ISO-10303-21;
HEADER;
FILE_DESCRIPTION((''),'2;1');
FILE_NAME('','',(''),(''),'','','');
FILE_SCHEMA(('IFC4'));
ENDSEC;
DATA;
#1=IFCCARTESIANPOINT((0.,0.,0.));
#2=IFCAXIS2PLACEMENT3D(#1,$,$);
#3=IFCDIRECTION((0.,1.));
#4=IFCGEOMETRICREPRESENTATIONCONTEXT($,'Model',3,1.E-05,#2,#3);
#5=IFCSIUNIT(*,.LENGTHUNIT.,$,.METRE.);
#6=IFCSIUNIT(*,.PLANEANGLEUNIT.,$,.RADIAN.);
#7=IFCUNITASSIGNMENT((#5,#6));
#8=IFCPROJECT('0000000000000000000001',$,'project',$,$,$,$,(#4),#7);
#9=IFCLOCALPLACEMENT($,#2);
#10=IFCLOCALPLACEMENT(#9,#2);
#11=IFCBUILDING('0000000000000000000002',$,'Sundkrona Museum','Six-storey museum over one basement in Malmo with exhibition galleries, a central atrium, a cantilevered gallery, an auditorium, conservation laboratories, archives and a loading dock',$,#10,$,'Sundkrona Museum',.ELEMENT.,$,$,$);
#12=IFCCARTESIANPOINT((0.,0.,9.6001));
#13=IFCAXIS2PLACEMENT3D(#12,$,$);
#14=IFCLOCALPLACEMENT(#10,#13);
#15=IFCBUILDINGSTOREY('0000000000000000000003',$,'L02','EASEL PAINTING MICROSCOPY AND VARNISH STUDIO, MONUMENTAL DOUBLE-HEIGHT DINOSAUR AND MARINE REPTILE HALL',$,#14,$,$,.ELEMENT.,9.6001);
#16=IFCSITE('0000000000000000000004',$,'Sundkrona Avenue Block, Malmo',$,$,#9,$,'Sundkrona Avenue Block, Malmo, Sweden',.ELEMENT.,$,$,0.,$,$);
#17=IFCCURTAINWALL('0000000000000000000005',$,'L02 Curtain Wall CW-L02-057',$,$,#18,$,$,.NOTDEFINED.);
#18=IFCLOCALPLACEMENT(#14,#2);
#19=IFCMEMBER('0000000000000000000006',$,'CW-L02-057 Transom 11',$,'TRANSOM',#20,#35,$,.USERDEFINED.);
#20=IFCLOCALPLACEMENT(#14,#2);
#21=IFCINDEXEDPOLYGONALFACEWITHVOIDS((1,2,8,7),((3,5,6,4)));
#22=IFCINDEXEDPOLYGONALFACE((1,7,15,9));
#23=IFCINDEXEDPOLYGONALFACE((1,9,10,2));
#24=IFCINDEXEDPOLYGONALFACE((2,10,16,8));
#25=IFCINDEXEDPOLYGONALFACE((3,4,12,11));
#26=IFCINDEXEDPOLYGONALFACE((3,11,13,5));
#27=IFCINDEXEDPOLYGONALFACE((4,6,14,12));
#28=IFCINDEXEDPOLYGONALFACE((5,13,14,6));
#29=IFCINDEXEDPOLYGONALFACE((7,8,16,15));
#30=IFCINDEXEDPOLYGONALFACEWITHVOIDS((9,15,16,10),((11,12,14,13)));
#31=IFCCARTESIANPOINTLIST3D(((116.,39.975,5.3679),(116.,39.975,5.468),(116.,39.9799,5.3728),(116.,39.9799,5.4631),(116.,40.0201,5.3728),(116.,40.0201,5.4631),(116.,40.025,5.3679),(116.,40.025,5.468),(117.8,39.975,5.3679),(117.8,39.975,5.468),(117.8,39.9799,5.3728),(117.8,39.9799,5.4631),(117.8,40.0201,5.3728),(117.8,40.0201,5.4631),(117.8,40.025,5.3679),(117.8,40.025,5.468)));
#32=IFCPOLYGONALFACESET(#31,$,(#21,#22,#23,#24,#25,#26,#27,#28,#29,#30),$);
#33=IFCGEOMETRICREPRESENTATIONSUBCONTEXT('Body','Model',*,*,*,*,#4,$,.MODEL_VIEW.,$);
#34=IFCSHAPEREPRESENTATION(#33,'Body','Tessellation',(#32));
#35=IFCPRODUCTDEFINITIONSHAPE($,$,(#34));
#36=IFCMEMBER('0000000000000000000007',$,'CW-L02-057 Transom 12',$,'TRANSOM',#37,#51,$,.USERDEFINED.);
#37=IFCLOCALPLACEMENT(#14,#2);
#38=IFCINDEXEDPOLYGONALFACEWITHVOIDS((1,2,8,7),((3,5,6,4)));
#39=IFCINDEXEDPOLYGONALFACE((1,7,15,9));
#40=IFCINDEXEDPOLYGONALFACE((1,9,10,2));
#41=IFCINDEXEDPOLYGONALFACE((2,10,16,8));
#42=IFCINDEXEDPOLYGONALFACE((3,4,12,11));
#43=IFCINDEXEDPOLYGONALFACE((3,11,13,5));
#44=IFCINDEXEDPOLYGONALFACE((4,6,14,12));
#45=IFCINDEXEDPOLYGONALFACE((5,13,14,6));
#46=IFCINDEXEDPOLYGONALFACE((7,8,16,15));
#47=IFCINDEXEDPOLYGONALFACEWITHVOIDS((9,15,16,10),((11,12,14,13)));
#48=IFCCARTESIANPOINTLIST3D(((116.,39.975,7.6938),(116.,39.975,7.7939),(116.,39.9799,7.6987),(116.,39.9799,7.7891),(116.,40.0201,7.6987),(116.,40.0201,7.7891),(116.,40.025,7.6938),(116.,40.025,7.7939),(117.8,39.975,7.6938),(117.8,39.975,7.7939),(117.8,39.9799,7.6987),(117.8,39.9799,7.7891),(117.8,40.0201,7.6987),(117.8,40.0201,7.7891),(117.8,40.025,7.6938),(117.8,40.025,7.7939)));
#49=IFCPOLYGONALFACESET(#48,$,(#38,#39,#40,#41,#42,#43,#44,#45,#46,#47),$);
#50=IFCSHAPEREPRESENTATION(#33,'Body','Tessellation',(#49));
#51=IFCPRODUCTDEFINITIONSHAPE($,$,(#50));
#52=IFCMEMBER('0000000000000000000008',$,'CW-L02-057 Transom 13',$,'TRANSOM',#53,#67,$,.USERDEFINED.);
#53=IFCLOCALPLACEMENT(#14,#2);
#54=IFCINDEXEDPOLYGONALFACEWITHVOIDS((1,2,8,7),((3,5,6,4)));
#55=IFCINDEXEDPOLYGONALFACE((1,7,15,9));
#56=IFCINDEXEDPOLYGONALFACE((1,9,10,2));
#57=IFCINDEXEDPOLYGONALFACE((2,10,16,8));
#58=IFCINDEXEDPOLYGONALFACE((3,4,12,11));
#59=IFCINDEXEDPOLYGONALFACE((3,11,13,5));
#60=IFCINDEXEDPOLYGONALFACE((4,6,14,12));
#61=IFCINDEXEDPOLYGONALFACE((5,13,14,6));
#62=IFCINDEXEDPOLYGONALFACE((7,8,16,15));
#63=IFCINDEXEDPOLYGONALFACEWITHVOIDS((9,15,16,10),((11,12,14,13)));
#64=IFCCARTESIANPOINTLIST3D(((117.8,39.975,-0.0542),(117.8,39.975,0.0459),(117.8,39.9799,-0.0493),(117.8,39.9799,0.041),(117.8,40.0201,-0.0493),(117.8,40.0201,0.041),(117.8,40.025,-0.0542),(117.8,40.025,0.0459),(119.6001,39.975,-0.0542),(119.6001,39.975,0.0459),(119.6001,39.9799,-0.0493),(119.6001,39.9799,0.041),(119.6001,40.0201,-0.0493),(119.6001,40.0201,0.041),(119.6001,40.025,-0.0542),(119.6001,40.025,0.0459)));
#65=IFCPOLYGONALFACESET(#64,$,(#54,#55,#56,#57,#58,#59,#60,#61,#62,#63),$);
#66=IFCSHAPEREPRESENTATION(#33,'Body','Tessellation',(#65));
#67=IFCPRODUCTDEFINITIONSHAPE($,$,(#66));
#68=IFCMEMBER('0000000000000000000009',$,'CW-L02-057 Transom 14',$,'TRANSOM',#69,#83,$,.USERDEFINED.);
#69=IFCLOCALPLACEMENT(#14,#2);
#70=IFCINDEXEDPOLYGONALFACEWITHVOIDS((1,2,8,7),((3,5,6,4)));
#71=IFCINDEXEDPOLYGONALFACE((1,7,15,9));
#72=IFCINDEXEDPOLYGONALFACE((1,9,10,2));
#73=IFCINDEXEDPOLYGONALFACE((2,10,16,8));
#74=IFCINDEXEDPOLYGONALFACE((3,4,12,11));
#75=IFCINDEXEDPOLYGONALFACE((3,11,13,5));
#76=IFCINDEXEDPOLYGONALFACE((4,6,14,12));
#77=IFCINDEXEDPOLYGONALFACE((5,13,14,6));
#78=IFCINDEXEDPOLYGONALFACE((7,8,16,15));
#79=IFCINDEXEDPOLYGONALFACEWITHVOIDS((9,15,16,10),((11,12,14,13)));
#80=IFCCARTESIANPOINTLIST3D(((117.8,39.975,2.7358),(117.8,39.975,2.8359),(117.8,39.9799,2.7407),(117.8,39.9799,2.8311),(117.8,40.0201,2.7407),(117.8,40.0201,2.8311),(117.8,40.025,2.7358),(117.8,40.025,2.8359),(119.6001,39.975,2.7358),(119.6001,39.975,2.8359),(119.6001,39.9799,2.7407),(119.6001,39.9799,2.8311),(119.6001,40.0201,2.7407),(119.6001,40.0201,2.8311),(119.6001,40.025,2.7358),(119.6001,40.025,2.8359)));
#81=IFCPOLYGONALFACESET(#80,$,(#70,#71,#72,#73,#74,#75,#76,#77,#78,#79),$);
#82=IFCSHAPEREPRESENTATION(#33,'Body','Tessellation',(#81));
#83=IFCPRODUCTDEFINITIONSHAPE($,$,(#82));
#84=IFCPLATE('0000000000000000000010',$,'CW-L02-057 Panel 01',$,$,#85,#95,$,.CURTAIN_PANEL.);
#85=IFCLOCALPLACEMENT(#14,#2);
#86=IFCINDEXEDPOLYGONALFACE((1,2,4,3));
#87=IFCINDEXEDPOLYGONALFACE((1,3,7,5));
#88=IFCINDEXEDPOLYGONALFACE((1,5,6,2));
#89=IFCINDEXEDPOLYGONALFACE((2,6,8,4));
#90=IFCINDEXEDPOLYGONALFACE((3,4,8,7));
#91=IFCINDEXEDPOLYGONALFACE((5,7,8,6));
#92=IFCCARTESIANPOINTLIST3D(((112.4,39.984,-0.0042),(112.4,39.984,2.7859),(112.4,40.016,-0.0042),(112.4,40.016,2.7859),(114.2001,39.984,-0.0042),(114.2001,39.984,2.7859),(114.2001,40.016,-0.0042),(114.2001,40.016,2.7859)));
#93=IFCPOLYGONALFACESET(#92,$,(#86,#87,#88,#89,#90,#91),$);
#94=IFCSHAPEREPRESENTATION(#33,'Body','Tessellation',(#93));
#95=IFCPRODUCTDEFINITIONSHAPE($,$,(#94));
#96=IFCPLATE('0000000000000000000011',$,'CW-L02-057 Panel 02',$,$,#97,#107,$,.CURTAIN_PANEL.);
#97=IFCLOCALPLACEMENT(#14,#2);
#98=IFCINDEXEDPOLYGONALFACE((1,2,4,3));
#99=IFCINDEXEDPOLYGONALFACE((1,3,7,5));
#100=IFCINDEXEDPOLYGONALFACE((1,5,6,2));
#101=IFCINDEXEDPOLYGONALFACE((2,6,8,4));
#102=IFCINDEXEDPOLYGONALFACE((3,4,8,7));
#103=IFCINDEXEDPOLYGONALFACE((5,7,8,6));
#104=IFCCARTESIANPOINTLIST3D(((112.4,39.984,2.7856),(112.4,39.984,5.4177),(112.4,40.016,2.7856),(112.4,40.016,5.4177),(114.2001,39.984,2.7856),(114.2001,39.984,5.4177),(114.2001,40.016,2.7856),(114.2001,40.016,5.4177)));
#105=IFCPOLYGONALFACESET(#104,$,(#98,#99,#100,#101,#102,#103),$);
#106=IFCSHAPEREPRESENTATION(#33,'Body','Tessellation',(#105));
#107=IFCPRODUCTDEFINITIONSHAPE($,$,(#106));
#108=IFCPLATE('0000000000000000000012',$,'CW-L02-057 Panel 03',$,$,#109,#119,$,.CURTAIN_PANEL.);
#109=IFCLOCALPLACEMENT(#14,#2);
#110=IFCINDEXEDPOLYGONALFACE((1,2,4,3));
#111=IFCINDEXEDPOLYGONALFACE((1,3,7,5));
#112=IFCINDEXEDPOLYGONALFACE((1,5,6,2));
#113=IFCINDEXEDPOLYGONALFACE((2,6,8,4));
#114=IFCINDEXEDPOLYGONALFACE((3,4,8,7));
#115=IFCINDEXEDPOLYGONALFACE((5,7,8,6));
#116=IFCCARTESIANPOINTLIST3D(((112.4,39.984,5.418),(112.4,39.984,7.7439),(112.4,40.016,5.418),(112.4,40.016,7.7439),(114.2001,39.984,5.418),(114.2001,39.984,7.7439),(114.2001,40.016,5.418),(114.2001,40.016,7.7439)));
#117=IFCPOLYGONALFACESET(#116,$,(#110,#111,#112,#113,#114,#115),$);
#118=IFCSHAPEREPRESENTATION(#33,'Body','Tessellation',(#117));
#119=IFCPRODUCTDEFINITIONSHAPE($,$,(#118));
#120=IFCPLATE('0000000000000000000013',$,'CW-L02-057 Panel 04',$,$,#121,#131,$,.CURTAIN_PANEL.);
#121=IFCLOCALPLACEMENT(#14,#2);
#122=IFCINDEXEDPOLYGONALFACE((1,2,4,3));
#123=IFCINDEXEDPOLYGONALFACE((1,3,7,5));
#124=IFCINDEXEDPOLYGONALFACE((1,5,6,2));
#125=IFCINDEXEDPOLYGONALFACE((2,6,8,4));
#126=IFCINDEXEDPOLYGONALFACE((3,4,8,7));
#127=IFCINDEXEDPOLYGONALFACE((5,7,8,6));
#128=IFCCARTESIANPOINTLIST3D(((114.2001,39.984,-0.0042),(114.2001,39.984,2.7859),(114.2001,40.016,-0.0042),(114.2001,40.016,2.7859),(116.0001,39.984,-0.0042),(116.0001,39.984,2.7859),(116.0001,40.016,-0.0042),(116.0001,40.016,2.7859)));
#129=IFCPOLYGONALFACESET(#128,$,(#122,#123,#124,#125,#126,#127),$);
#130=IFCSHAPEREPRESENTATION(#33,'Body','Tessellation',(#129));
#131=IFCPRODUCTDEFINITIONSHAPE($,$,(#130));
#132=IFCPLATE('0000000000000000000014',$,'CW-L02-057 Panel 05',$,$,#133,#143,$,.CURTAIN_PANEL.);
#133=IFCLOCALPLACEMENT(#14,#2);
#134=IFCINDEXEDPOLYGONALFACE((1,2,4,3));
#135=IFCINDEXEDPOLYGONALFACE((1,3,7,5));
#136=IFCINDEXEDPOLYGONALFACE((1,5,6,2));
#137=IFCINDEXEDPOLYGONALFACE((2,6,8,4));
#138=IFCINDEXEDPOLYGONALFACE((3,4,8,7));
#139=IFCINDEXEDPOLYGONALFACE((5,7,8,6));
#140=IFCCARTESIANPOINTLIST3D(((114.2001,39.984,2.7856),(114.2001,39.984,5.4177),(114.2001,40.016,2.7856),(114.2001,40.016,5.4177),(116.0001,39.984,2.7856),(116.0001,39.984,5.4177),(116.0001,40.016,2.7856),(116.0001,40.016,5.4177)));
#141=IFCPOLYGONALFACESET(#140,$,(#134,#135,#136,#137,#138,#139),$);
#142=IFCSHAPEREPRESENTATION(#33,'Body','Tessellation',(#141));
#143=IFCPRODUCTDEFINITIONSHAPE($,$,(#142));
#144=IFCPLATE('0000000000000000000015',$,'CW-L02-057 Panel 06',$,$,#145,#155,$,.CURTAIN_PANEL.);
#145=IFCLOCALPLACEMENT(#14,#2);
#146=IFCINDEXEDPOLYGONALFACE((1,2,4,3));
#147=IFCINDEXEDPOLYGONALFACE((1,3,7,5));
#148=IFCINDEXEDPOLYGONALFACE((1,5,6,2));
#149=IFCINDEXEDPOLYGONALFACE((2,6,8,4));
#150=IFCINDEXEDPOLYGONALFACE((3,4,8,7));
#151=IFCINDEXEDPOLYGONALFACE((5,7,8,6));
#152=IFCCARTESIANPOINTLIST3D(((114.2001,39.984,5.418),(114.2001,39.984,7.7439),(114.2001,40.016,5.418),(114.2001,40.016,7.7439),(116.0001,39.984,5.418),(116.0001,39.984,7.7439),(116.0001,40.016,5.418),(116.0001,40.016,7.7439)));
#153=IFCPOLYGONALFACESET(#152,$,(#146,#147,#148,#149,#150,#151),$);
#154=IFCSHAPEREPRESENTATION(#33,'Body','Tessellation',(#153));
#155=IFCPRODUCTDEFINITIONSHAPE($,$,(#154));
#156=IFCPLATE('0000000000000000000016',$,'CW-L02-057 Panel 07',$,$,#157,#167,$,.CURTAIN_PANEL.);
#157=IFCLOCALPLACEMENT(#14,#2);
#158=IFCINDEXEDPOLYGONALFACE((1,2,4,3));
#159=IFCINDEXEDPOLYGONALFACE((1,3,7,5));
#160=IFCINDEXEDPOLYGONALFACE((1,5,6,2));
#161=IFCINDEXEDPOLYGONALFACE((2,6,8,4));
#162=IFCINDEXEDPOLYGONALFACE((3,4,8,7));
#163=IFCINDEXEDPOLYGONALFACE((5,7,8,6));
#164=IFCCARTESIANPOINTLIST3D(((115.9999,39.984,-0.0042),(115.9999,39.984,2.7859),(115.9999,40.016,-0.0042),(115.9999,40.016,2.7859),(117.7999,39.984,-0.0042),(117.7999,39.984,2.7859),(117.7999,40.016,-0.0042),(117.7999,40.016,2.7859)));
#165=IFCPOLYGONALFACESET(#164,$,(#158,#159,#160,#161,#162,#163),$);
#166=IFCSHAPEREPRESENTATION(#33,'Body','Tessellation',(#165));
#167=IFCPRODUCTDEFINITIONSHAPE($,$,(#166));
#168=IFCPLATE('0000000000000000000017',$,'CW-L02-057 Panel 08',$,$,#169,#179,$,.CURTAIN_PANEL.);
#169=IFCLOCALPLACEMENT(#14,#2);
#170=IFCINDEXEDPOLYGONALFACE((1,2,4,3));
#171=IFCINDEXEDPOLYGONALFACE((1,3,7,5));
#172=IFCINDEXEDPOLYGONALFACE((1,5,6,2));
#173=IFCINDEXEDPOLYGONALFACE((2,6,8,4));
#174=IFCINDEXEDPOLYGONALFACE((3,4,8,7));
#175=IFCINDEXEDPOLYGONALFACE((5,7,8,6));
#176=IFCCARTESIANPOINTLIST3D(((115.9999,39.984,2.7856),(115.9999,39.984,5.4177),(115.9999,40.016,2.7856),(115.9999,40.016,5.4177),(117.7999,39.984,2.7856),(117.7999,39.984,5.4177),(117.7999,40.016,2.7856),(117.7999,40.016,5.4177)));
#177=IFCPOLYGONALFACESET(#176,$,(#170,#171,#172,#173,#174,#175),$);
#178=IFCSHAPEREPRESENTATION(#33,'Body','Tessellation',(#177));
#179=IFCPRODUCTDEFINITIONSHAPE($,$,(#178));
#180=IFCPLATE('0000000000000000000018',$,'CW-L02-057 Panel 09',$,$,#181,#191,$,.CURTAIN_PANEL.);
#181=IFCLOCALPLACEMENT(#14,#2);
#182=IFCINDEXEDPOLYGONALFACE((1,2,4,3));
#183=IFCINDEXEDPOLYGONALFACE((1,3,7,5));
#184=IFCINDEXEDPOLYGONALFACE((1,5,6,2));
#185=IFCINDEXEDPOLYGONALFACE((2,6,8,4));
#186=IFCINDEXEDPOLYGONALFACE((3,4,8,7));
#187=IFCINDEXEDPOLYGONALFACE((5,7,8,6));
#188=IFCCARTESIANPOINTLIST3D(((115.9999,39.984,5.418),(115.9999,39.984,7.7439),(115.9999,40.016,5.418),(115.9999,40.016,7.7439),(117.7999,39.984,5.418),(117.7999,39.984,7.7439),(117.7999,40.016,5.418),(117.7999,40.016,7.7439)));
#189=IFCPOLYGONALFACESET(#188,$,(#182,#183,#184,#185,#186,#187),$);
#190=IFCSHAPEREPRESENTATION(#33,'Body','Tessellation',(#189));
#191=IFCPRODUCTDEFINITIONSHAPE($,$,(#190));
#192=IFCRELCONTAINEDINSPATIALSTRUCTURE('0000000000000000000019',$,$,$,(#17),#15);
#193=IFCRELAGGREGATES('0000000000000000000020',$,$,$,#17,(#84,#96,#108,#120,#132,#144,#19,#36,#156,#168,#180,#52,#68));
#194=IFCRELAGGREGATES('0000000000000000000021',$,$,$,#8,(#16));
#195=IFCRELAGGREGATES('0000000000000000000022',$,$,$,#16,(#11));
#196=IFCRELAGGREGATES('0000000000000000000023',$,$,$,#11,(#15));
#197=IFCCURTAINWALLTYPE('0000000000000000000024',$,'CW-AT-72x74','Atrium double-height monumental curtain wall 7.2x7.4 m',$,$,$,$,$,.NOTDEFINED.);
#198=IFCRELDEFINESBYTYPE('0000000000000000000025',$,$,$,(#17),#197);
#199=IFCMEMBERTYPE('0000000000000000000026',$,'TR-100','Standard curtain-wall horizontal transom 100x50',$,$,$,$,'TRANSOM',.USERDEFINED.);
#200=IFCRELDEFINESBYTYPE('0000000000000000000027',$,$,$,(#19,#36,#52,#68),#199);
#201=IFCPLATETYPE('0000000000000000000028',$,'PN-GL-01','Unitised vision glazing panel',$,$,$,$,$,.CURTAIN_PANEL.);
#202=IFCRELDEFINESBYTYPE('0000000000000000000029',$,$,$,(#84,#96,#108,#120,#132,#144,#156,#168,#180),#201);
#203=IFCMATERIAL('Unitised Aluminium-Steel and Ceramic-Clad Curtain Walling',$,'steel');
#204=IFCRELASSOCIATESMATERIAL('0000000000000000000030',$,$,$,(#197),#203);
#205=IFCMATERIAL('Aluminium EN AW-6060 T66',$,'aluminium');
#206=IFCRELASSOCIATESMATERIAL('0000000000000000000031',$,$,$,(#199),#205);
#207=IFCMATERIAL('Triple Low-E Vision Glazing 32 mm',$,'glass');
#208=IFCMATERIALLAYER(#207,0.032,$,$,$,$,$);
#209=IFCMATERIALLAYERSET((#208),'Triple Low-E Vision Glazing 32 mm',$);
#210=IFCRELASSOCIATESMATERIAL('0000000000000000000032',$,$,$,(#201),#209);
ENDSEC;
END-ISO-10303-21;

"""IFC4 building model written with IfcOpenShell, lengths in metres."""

from ifc_helpers import new_model, si_unit, direction, frame, origin, origin_2d, place, context, subcontext, project, spatial, rectangle, hollow_rectangle, extrude, material, layer, layer_set, material_profile, profile_set, type_object, element, aggregate, save


model = new_model("IFC4")

# Units and contexts
model_context = context("Model", 3, precision=1e-05, world=origin(), true_north=direction((0.0, 1.0)))
body_context = subcontext(model_context, "Body", "Model", "MODEL_VIEW")
ifc_project = project(units=[si_unit("LENGTHUNIT", "METRE"), si_unit("PLANEANGLEUNIT", "RADIAN")], contexts=[model_context])

# Site, building, storey
site_placement = place(None, origin())
site = spatial("IfcSite", under=ifc_project, at=site_placement, Name="Sundkrona Avenue Block, Malmo", LongName="Sundkrona Avenue Block, Malmo, Sweden", CompositionType="ELEMENT", RefElevation=0.0)
building_placement = place(site_placement, origin())
building = spatial("IfcBuilding", under=site, at=building_placement, Name="Sundkrona Museum", Description="Six-storey museum over one basement in Malmo with exhibition galleries, a central atrium, a cantilevered gallery, an auditorium, conservation laboratories, archives and a loading dock", LongName="Sundkrona Museum", CompositionType="ELEMENT")
storey_placement = place(building_placement, frame((0.0, 0.0, 9.6001)))
storey = spatial("IfcBuildingStorey", under=building, at=storey_placement, Name="L02", Description="EASEL PAINTING MICROSCOPY AND VARNISH STUDIO, MONUMENTAL DOUBLE-HEIGHT DINOSAUR AND MARINE REPTILE HALL", CompositionType="ELEMENT", Elevation=9.6001)

# Curtain wall, members, plates
ifc_material_1 = material(Name="Unitised Aluminium-Steel and Ceramic-Clad Curtain Walling", Category="steel")
curtain_wall_type = type_object("IfcCurtainWallType", Name="CW-AT-72x74", Description="Atrium double-height monumental curtain wall 7.2x7.4 m", PredefinedType="NOTDEFINED", material=ifc_material_1)
curtain_wall_placement = place(storey_placement, origin())
curtain_wall = element("IfcCurtainWall", 1, at=curtain_wall_placement, inside=storey, type_object=curtain_wall_type, Name="L02 Curtain Wall CW-L02-057", PredefinedType="NOTDEFINED")
ifc_material_2 = material(Name="Aluminium EN AW-6060 T66", Category="aluminium")
ifc_material_profile_1 = material_profile(ifc_material_2, hollow_rectangle(XDim=0.05, YDim=0.1001, WallThickness=0.0049, at=origin_2d()), Name="RHS 100x50x5.0")
ifc_profile_set_1 = profile_set([ifc_material_profile_1], Name="Aluminium EN AW-6060 T66")
member_type_1 = type_object("IfcMemberType", Name="TR-100", Description="Standard curtain-wall horizontal transom 100x50", ElementType="TRANSOM", PredefinedType="USERDEFINED", material=ifc_profile_set_1)
member_1_placement = place(storey_placement, frame((116.0, 40.0, 5.418), z_axis=(1.0, 0.0, 0.0), x_axis=(0.0, 1.0, 0.0)))
member_1 = element("IfcMember", 2, at=member_1_placement, type_object=member_type_1, Name="CW-L02-057 Transom 11", ObjectType="TRANSOM", PredefinedType="USERDEFINED", context=body_context, shape_type="SweptSolid", body=[
    extrude(hollow_rectangle(XDim=0.05, YDim=0.1001, WallThickness=0.0049, at=origin_2d()), origin(), (0.0, 0.0, 1.0), 1.8),
])
member_2_placement = place(storey_placement, frame((116.0, 40.0, 7.7439), z_axis=(1.0, 0.0, 0.0), x_axis=(0.0, 1.0, 0.0)))
member_2 = element("IfcMember", 3, at=member_2_placement, type_object=member_type_1, Name="CW-L02-057 Transom 12", ObjectType="TRANSOM", PredefinedType="USERDEFINED", context=body_context, shape_type="SweptSolid", body=[
    extrude(hollow_rectangle(XDim=0.05, YDim=0.1001, WallThickness=0.0049, at=origin_2d()), origin(), (0.0, 0.0, 1.0), 1.8),
])
member_3_placement = place(storey_placement, frame((117.8, 40.0, -0.0042), z_axis=(1.0, 0.0, 0.0), x_axis=(0.0, 1.0, 0.0)))
member_3 = element("IfcMember", 4, at=member_3_placement, type_object=member_type_1, Name="CW-L02-057 Transom 13", ObjectType="TRANSOM", PredefinedType="USERDEFINED", context=body_context, shape_type="SweptSolid", body=[
    extrude(hollow_rectangle(XDim=0.05, YDim=0.1001, WallThickness=0.0049, at=origin_2d()), origin(), (0.0, 0.0, 1.0), 1.8),
])
member_4_placement = place(storey_placement, frame((117.8, 40.0, 2.7859), z_axis=(1.0, 0.0, 0.0), x_axis=(0.0, 1.0, 0.0)))
member_4 = element("IfcMember", 5, at=member_4_placement, type_object=member_type_1, Name="CW-L02-057 Transom 14", ObjectType="TRANSOM", PredefinedType="USERDEFINED", context=body_context, shape_type="SweptSolid", body=[
    extrude(hollow_rectangle(XDim=0.05, YDim=0.1001, WallThickness=0.0049, at=origin_2d()), origin(), (0.0, 0.0, 1.0), 1.8),
])
ifc_material_3 = material(Name="Triple Low-E Vision Glazing 32 mm", Category="glass")
ifc_layer = layer(ifc_material_3, 0.032)
ifc_layer_set = layer_set([ifc_layer], Name="Triple Low-E Vision Glazing 32 mm")
plate_type = type_object("IfcPlateType", Name="PN-GL-01", Description="Unitised vision glazing panel", PredefinedType="CURTAIN_PANEL", material=ifc_layer_set)
plate_1_placement = place(storey_placement, frame((113.3, 40.0, -0.0042), z_axis=(0.0, 0.0, 1.0), x_axis=(1.0, 0.0, 0.0)))
plate_1 = element("IfcPlate", 6, at=plate_1_placement, type_object=plate_type, Name="CW-L02-057 Panel 01", PredefinedType="CURTAIN_PANEL", context=body_context, shape_type="SweptSolid", body=[
    extrude(rectangle(XDim=1.8, YDim=0.032, at=origin_2d()), origin(), (0.0, 0.0, 1.0), 2.79),
])
plate_2_placement = place(storey_placement, frame((113.3, 40.0, 2.7856), z_axis=(0.0, 0.0, 1.0), x_axis=(1.0, 0.0, 0.0)))
plate_2 = element("IfcPlate", 7, at=plate_2_placement, type_object=plate_type, Name="CW-L02-057 Panel 02", PredefinedType="CURTAIN_PANEL", context=body_context, shape_type="SweptSolid", body=[
    extrude(rectangle(XDim=1.8, YDim=0.032, at=origin_2d()), origin(), (0.0, 0.0, 1.0), 2.6321),
])
plate_3_placement = place(storey_placement, frame((113.3, 40.0, 5.418), z_axis=(0.0, 0.0, 1.0), x_axis=(1.0, 0.0, 0.0)))
plate_3 = element("IfcPlate", 8, at=plate_3_placement, type_object=plate_type, Name="CW-L02-057 Panel 03", PredefinedType="CURTAIN_PANEL", context=body_context, shape_type="SweptSolid", body=[
    extrude(rectangle(XDim=1.8, YDim=0.032, at=origin_2d()), origin(), (0.0, 0.0, 1.0), 2.3259),
])
plate_4_placement = place(storey_placement, frame((115.1001, 40.0, -0.0042), z_axis=(0.0, 0.0, 1.0), x_axis=(1.0, 0.0, 0.0)))
plate_4 = element("IfcPlate", 9, at=plate_4_placement, type_object=plate_type, Name="CW-L02-057 Panel 04", PredefinedType="CURTAIN_PANEL", context=body_context, shape_type="SweptSolid", body=[
    extrude(rectangle(XDim=1.8, YDim=0.032, at=origin_2d()), origin(), (0.0, 0.0, 1.0), 2.79),
])
plate_5_placement = place(storey_placement, frame((115.1001, 40.0, 2.7856), z_axis=(0.0, 0.0, 1.0), x_axis=(1.0, 0.0, 0.0)))
plate_5 = element("IfcPlate", 10, at=plate_5_placement, type_object=plate_type, Name="CW-L02-057 Panel 05", PredefinedType="CURTAIN_PANEL", context=body_context, shape_type="SweptSolid", body=[
    extrude(rectangle(XDim=1.8, YDim=0.032, at=origin_2d()), origin(), (0.0, 0.0, 1.0), 2.6321),
])
plate_6_placement = place(storey_placement, frame((115.1001, 40.0, 5.418), z_axis=(0.0, 0.0, 1.0), x_axis=(1.0, 0.0, 0.0)))
plate_6 = element("IfcPlate", 11, at=plate_6_placement, type_object=plate_type, Name="CW-L02-057 Panel 06", PredefinedType="CURTAIN_PANEL", context=body_context, shape_type="SweptSolid", body=[
    extrude(rectangle(XDim=1.8, YDim=0.032, at=origin_2d()), origin(), (0.0, 0.0, 1.0), 2.3259),
])
plate_7_placement = place(storey_placement, frame((116.8999, 40.0, -0.0042), z_axis=(0.0, 0.0, 1.0), x_axis=(1.0, 0.0, 0.0)))
plate_7 = element("IfcPlate", 12, at=plate_7_placement, type_object=plate_type, Name="CW-L02-057 Panel 07", PredefinedType="CURTAIN_PANEL", context=body_context, shape_type="SweptSolid", body=[
    extrude(rectangle(XDim=1.8, YDim=0.032, at=origin_2d()), origin(), (0.0, 0.0, 1.0), 2.79),
])
plate_8_placement = place(storey_placement, frame((116.8999, 40.0, 2.7856), z_axis=(0.0, 0.0, 1.0), x_axis=(1.0, 0.0, 0.0)))
plate_8 = element("IfcPlate", 13, at=plate_8_placement, type_object=plate_type, Name="CW-L02-057 Panel 08", PredefinedType="CURTAIN_PANEL", context=body_context, shape_type="SweptSolid", body=[
    extrude(rectangle(XDim=1.8, YDim=0.032, at=origin_2d()), origin(), (0.0, 0.0, 1.0), 2.6321),
])
plate_9_placement = place(storey_placement, frame((116.8999, 40.0, 5.418), z_axis=(0.0, 0.0, 1.0), x_axis=(1.0, 0.0, 0.0)))
plate_9 = element("IfcPlate", 14, at=plate_9_placement, type_object=plate_type, Name="CW-L02-057 Panel 09", PredefinedType="CURTAIN_PANEL", context=body_context, shape_type="SweptSolid", body=[
    extrude(rectangle(XDim=1.8, YDim=0.032, at=origin_2d()), origin(), (0.0, 0.0, 1.0), 2.3259),
])
aggregate(curtain_wall, [plate_1, plate_2, plate_3, plate_4, plate_5, plate_6, member_1, member_2, plate_7, plate_8, plate_9, member_3, member_4])

save(model, "model.ifc")
